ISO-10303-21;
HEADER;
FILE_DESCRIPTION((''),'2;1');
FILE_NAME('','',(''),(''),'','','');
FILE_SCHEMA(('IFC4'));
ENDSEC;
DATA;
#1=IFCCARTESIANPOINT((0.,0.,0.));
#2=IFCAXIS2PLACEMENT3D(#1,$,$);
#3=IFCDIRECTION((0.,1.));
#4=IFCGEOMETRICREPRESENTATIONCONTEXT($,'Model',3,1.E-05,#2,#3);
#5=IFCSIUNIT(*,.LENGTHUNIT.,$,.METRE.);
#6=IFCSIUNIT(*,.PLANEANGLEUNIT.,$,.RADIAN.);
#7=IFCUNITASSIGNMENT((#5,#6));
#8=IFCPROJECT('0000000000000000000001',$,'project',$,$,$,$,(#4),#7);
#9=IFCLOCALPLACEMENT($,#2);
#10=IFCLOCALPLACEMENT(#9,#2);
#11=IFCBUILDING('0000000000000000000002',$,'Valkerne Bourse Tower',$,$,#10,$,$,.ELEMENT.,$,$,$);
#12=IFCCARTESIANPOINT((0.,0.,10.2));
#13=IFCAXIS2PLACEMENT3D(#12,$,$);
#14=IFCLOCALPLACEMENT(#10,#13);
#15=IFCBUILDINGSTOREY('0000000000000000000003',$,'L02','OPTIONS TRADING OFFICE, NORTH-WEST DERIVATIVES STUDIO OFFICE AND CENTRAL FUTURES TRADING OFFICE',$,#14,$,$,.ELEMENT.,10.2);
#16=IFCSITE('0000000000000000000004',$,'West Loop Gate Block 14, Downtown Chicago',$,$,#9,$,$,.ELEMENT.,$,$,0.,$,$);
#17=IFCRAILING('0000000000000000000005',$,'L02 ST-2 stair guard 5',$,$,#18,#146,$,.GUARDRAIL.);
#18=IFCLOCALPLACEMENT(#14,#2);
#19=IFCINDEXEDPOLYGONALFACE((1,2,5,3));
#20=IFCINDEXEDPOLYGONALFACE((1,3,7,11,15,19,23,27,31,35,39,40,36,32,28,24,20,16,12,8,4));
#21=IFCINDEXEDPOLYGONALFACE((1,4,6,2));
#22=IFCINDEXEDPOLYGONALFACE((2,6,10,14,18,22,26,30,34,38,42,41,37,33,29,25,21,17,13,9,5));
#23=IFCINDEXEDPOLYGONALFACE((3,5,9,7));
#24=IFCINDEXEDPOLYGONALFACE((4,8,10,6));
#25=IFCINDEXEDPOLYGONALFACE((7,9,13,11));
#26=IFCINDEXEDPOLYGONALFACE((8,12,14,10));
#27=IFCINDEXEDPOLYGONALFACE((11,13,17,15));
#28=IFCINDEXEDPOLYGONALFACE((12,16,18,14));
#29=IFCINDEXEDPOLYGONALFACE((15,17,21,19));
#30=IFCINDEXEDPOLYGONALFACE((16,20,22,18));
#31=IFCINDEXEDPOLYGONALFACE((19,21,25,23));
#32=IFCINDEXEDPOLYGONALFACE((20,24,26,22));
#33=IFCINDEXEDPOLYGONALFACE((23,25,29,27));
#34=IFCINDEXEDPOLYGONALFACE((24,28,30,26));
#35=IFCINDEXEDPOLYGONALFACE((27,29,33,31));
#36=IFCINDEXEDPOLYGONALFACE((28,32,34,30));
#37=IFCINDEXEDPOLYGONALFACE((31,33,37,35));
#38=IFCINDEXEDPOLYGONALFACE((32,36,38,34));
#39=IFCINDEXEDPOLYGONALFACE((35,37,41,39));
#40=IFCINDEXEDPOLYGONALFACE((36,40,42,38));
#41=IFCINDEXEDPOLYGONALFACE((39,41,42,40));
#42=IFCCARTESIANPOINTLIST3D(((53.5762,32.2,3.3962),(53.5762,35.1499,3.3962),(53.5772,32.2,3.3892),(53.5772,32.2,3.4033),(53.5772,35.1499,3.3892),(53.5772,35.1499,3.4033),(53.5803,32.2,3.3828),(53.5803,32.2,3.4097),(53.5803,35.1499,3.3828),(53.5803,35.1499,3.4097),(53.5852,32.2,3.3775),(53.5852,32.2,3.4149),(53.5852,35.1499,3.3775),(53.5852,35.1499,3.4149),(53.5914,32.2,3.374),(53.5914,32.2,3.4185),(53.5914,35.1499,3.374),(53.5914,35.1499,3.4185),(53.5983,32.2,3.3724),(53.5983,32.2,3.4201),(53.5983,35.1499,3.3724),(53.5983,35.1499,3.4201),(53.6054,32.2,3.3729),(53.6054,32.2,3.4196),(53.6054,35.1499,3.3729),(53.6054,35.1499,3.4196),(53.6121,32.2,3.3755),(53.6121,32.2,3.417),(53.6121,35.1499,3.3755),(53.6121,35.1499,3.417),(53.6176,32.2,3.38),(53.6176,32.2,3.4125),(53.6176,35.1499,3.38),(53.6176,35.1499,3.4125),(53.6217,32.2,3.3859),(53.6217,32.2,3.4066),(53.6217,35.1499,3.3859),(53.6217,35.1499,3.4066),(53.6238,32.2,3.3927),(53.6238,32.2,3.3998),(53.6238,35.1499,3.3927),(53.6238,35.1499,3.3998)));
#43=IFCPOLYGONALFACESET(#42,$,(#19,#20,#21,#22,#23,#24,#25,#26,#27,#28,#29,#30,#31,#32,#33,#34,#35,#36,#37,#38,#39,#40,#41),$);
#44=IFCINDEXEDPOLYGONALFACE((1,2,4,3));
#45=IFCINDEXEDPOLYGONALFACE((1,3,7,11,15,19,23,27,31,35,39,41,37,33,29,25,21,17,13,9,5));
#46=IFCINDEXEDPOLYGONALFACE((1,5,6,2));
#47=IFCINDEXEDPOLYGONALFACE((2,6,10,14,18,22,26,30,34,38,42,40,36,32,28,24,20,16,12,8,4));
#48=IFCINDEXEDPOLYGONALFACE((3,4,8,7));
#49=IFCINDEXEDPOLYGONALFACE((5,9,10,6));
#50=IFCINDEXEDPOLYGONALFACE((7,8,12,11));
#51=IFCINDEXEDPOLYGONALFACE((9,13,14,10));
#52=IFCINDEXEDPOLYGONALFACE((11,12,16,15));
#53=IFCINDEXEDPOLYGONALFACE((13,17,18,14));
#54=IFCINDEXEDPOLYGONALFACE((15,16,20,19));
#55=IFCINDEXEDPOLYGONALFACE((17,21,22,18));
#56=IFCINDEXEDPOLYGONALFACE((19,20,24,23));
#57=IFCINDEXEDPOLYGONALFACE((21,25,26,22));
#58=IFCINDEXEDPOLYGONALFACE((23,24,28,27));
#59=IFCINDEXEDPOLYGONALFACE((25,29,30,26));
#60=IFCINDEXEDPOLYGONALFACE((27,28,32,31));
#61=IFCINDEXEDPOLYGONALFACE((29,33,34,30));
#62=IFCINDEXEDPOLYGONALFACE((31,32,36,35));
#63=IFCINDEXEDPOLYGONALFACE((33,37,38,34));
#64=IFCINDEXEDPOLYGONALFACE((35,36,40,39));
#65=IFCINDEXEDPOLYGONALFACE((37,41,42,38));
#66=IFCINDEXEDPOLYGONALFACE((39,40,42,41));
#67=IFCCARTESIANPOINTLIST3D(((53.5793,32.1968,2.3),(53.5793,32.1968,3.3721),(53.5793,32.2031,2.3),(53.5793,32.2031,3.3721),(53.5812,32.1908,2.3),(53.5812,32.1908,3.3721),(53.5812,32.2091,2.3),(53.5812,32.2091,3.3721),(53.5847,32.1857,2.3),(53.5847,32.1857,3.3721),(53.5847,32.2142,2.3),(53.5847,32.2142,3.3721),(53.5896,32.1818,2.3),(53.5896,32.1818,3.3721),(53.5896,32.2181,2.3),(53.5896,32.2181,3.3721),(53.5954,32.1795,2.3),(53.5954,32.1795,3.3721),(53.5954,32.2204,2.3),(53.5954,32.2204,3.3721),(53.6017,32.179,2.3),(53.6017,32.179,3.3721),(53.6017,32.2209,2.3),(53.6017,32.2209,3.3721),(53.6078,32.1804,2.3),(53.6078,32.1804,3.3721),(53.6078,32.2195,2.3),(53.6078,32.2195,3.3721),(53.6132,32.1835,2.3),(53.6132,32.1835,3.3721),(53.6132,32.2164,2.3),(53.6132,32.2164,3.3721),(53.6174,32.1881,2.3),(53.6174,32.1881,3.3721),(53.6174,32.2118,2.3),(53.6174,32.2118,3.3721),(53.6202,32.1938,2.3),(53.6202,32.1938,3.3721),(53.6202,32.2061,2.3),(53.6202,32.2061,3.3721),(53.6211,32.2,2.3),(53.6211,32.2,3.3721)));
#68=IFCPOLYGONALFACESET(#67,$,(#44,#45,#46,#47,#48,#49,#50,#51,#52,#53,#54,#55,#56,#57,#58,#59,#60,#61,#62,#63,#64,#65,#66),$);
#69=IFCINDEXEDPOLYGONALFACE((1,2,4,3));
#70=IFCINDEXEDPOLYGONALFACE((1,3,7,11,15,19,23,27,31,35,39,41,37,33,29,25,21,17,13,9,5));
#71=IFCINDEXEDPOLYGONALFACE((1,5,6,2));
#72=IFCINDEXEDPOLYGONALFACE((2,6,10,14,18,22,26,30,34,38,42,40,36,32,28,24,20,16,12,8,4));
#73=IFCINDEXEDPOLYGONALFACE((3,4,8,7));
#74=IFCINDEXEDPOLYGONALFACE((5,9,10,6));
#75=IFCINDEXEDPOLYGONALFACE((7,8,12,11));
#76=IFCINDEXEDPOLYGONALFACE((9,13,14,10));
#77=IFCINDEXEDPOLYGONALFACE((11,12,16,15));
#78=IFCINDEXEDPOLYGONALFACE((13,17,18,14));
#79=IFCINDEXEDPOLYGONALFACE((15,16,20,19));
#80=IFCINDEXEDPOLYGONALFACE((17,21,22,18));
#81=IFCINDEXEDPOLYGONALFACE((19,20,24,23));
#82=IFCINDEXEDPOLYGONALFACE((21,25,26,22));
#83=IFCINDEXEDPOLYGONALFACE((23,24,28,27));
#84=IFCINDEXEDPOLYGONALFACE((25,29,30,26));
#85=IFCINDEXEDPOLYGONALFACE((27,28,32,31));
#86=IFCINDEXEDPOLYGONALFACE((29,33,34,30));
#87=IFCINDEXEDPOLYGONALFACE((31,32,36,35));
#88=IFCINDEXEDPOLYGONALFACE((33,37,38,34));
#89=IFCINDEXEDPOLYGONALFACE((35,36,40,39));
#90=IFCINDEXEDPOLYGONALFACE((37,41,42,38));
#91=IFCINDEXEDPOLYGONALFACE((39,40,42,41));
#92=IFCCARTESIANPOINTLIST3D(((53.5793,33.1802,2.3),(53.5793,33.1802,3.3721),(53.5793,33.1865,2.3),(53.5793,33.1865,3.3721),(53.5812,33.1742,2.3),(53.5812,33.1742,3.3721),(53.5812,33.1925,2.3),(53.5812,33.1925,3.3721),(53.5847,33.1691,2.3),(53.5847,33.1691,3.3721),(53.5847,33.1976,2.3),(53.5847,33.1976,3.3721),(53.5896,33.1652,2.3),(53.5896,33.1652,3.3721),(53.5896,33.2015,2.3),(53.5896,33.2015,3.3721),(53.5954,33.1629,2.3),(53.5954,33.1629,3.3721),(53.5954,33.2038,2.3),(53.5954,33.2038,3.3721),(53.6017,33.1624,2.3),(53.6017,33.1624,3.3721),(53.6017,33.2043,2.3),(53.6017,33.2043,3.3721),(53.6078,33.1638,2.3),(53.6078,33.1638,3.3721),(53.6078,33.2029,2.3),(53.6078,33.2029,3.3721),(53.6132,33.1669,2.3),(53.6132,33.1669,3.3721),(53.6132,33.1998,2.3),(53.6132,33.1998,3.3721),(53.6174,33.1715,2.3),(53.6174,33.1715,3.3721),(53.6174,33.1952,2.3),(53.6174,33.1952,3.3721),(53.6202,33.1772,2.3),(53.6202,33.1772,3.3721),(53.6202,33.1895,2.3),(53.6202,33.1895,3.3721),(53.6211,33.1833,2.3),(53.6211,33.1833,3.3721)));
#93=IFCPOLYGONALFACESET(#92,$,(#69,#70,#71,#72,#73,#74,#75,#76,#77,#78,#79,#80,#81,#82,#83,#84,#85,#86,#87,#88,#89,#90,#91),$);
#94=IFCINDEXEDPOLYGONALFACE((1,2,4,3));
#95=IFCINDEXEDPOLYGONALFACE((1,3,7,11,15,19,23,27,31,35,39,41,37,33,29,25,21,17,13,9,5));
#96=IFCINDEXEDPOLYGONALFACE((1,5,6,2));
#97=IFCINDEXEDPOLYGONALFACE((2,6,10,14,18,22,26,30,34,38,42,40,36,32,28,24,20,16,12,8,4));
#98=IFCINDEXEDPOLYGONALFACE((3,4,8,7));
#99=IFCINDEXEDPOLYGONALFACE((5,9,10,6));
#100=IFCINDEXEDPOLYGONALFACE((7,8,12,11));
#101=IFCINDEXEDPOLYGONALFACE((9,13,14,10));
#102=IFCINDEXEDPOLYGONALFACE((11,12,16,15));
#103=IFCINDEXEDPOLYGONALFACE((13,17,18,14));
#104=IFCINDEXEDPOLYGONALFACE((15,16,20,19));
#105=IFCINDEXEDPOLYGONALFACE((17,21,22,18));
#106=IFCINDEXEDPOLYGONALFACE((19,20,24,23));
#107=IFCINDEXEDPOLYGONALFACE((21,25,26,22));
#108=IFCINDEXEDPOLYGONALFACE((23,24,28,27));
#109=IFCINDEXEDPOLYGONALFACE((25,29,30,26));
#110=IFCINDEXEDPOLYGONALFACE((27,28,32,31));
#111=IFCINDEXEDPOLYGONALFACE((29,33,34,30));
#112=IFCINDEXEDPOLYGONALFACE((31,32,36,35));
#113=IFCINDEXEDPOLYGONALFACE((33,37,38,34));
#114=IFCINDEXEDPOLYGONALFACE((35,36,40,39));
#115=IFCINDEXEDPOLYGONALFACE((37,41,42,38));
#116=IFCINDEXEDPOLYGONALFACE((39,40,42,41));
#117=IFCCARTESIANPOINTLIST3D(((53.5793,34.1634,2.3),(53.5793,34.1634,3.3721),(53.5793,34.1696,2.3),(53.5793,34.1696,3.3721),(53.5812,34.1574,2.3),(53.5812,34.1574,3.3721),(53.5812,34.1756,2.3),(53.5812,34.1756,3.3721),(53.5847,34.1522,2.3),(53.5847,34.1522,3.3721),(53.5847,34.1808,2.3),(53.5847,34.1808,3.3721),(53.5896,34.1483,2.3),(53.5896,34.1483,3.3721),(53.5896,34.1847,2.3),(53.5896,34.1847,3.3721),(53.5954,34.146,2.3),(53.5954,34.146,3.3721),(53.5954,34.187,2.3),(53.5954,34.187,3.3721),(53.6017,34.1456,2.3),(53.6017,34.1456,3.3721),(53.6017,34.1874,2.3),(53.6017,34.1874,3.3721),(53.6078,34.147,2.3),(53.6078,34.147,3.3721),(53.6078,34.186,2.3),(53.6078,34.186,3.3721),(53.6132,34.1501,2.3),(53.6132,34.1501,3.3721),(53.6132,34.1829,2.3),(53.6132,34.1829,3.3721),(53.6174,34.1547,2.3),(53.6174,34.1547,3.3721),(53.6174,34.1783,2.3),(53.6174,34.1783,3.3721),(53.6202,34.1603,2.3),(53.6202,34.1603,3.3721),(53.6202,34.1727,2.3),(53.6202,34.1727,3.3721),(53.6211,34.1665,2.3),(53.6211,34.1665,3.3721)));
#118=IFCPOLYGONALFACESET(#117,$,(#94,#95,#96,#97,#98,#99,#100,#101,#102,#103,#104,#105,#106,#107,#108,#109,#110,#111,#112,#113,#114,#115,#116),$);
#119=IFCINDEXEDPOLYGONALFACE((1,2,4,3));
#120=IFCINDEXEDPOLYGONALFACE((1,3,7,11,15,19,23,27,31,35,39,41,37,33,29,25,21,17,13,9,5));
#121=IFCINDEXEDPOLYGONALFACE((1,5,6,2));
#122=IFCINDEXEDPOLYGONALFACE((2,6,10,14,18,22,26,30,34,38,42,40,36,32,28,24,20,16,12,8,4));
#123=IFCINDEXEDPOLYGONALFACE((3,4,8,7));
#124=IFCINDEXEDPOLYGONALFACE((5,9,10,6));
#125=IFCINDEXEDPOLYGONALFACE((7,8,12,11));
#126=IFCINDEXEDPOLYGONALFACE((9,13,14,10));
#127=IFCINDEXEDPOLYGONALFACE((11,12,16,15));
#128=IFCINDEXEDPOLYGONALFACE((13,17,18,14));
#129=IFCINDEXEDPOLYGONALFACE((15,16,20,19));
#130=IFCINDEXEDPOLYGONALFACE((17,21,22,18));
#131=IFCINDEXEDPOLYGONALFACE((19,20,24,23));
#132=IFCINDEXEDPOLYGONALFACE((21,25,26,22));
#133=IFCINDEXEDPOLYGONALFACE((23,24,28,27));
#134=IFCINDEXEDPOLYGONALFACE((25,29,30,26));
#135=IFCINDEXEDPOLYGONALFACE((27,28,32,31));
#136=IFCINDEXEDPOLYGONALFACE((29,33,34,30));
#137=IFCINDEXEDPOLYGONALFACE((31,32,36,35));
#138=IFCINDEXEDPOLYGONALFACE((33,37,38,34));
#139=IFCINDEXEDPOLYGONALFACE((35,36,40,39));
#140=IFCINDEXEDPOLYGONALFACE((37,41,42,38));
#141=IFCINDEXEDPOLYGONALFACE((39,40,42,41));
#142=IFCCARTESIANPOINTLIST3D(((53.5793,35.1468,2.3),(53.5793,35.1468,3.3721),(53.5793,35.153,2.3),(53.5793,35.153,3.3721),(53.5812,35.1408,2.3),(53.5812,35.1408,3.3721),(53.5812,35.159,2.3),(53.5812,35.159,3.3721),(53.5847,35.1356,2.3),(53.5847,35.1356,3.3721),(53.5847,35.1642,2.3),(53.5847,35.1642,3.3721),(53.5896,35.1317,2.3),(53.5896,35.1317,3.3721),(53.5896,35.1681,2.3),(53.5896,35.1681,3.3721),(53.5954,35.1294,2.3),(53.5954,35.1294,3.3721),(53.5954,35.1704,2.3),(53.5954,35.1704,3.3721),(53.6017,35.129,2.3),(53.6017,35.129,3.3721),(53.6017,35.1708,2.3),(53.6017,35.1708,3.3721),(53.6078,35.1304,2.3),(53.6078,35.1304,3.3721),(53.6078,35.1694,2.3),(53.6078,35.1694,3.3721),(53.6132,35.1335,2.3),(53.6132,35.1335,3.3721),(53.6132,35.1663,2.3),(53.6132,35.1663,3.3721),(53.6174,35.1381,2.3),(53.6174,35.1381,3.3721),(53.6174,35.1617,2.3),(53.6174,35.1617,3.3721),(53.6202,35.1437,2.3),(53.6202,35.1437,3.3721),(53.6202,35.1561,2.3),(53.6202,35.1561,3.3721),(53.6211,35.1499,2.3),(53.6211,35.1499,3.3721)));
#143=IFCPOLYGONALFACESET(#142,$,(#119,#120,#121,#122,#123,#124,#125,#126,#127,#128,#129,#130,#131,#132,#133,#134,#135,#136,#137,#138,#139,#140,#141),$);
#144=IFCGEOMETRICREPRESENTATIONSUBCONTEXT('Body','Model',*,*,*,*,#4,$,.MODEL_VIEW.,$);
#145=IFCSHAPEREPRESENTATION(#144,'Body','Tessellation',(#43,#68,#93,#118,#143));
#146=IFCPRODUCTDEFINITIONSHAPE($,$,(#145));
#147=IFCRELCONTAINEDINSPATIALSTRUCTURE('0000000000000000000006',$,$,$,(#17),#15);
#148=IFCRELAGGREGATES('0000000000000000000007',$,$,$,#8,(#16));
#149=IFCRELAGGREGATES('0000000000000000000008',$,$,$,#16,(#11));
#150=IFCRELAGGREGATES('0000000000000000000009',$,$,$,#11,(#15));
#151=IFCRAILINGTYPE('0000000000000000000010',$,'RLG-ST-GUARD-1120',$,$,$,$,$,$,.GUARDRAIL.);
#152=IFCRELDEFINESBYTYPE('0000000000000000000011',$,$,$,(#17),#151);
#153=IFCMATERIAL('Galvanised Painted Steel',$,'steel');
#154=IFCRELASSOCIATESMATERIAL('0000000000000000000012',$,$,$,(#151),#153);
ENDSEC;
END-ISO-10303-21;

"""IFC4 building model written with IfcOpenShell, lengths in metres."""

from ifc_helpers import new_model, si_unit, direction, frame, origin, origin_2d, place, context, subcontext, project, spatial, circle, extrude, material, type_object, element, save


model = new_model("IFC4")

# Units and contexts
model_context = context("Model", 3, precision=1e-05, world=origin(), true_north=direction((0.0, 1.0)))
body_context = subcontext(model_context, "Body", "Model", "MODEL_VIEW")
ifc_project = project(units=[si_unit("LENGTHUNIT", "METRE"), si_unit("PLANEANGLEUNIT", "RADIAN")], contexts=[model_context])

# Site, building, storey
site_placement = place(None, origin())
site = spatial("IfcSite", under=ifc_project, at=site_placement, Name="West Loop Gate Block 14, Downtown Chicago", CompositionType="ELEMENT", RefElevation=0.0)
building_placement = place(site_placement, origin())
building = spatial("IfcBuilding", under=site, at=building_placement, Name="Valkerne Bourse Tower", CompositionType="ELEMENT")
storey_placement = place(building_placement, frame((0.0, 0.0, 10.2)))
storey = spatial("IfcBuildingStorey", under=building, at=storey_placement, Name="L02", Description="OPTIONS TRADING OFFICE, NORTH-WEST DERIVATIVES STUDIO OFFICE AND CENTRAL FUTURES TRADING OFFICE", CompositionType="ELEMENT", Elevation=10.2)

# Shared definitions
ifc_material_1 = material(Name="Galvanised Painted Steel", Category="steel")

# Railing
railing_type_1 = type_object("IfcRailingType", Name="RLG-ST-GUARD-1120", PredefinedType="GUARDRAIL", material=ifc_material_1)
railing_1_placement = place(storey_placement, frame((53.6001, 32.2, 2.3)))
element("IfcRailing", 1, at=railing_1_placement, inside=storey, type_object=railing_type_1, Name="L02 ST-2 stair guard 5", PredefinedType="GUARDRAIL", context=body_context, shape_type="SweptSolid", body=[
    extrude(circle(Radius=0.0239, at=origin_2d()), frame((0.0, 0.0, 1.0962), z_axis=(0.0, 1.0, 0.0), x_axis=(-1.0, 0.0, 0.0)), (0.0, 0.0, 1.0), 2.95),
    extrude(circle(Radius=0.021, at=origin_2d()), origin(), (0.0, 0.0, 1.0), 1.072),
    extrude(circle(Radius=0.021, at=origin_2d()), frame((0.0, 0.9834, 0.0)), (0.0, 0.0, 1.0), 1.072),
    extrude(circle(Radius=0.021, at=origin_2d()), frame((0.0, 1.9666, 0.0)), (0.0, 0.0, 1.0), 1.072),
    extrude(circle(Radius=0.021, at=origin_2d()), frame((0.0, 2.95, 0.0)), (0.0, 0.0, 1.0), 1.072),
])

save(model, "model.ifc")
